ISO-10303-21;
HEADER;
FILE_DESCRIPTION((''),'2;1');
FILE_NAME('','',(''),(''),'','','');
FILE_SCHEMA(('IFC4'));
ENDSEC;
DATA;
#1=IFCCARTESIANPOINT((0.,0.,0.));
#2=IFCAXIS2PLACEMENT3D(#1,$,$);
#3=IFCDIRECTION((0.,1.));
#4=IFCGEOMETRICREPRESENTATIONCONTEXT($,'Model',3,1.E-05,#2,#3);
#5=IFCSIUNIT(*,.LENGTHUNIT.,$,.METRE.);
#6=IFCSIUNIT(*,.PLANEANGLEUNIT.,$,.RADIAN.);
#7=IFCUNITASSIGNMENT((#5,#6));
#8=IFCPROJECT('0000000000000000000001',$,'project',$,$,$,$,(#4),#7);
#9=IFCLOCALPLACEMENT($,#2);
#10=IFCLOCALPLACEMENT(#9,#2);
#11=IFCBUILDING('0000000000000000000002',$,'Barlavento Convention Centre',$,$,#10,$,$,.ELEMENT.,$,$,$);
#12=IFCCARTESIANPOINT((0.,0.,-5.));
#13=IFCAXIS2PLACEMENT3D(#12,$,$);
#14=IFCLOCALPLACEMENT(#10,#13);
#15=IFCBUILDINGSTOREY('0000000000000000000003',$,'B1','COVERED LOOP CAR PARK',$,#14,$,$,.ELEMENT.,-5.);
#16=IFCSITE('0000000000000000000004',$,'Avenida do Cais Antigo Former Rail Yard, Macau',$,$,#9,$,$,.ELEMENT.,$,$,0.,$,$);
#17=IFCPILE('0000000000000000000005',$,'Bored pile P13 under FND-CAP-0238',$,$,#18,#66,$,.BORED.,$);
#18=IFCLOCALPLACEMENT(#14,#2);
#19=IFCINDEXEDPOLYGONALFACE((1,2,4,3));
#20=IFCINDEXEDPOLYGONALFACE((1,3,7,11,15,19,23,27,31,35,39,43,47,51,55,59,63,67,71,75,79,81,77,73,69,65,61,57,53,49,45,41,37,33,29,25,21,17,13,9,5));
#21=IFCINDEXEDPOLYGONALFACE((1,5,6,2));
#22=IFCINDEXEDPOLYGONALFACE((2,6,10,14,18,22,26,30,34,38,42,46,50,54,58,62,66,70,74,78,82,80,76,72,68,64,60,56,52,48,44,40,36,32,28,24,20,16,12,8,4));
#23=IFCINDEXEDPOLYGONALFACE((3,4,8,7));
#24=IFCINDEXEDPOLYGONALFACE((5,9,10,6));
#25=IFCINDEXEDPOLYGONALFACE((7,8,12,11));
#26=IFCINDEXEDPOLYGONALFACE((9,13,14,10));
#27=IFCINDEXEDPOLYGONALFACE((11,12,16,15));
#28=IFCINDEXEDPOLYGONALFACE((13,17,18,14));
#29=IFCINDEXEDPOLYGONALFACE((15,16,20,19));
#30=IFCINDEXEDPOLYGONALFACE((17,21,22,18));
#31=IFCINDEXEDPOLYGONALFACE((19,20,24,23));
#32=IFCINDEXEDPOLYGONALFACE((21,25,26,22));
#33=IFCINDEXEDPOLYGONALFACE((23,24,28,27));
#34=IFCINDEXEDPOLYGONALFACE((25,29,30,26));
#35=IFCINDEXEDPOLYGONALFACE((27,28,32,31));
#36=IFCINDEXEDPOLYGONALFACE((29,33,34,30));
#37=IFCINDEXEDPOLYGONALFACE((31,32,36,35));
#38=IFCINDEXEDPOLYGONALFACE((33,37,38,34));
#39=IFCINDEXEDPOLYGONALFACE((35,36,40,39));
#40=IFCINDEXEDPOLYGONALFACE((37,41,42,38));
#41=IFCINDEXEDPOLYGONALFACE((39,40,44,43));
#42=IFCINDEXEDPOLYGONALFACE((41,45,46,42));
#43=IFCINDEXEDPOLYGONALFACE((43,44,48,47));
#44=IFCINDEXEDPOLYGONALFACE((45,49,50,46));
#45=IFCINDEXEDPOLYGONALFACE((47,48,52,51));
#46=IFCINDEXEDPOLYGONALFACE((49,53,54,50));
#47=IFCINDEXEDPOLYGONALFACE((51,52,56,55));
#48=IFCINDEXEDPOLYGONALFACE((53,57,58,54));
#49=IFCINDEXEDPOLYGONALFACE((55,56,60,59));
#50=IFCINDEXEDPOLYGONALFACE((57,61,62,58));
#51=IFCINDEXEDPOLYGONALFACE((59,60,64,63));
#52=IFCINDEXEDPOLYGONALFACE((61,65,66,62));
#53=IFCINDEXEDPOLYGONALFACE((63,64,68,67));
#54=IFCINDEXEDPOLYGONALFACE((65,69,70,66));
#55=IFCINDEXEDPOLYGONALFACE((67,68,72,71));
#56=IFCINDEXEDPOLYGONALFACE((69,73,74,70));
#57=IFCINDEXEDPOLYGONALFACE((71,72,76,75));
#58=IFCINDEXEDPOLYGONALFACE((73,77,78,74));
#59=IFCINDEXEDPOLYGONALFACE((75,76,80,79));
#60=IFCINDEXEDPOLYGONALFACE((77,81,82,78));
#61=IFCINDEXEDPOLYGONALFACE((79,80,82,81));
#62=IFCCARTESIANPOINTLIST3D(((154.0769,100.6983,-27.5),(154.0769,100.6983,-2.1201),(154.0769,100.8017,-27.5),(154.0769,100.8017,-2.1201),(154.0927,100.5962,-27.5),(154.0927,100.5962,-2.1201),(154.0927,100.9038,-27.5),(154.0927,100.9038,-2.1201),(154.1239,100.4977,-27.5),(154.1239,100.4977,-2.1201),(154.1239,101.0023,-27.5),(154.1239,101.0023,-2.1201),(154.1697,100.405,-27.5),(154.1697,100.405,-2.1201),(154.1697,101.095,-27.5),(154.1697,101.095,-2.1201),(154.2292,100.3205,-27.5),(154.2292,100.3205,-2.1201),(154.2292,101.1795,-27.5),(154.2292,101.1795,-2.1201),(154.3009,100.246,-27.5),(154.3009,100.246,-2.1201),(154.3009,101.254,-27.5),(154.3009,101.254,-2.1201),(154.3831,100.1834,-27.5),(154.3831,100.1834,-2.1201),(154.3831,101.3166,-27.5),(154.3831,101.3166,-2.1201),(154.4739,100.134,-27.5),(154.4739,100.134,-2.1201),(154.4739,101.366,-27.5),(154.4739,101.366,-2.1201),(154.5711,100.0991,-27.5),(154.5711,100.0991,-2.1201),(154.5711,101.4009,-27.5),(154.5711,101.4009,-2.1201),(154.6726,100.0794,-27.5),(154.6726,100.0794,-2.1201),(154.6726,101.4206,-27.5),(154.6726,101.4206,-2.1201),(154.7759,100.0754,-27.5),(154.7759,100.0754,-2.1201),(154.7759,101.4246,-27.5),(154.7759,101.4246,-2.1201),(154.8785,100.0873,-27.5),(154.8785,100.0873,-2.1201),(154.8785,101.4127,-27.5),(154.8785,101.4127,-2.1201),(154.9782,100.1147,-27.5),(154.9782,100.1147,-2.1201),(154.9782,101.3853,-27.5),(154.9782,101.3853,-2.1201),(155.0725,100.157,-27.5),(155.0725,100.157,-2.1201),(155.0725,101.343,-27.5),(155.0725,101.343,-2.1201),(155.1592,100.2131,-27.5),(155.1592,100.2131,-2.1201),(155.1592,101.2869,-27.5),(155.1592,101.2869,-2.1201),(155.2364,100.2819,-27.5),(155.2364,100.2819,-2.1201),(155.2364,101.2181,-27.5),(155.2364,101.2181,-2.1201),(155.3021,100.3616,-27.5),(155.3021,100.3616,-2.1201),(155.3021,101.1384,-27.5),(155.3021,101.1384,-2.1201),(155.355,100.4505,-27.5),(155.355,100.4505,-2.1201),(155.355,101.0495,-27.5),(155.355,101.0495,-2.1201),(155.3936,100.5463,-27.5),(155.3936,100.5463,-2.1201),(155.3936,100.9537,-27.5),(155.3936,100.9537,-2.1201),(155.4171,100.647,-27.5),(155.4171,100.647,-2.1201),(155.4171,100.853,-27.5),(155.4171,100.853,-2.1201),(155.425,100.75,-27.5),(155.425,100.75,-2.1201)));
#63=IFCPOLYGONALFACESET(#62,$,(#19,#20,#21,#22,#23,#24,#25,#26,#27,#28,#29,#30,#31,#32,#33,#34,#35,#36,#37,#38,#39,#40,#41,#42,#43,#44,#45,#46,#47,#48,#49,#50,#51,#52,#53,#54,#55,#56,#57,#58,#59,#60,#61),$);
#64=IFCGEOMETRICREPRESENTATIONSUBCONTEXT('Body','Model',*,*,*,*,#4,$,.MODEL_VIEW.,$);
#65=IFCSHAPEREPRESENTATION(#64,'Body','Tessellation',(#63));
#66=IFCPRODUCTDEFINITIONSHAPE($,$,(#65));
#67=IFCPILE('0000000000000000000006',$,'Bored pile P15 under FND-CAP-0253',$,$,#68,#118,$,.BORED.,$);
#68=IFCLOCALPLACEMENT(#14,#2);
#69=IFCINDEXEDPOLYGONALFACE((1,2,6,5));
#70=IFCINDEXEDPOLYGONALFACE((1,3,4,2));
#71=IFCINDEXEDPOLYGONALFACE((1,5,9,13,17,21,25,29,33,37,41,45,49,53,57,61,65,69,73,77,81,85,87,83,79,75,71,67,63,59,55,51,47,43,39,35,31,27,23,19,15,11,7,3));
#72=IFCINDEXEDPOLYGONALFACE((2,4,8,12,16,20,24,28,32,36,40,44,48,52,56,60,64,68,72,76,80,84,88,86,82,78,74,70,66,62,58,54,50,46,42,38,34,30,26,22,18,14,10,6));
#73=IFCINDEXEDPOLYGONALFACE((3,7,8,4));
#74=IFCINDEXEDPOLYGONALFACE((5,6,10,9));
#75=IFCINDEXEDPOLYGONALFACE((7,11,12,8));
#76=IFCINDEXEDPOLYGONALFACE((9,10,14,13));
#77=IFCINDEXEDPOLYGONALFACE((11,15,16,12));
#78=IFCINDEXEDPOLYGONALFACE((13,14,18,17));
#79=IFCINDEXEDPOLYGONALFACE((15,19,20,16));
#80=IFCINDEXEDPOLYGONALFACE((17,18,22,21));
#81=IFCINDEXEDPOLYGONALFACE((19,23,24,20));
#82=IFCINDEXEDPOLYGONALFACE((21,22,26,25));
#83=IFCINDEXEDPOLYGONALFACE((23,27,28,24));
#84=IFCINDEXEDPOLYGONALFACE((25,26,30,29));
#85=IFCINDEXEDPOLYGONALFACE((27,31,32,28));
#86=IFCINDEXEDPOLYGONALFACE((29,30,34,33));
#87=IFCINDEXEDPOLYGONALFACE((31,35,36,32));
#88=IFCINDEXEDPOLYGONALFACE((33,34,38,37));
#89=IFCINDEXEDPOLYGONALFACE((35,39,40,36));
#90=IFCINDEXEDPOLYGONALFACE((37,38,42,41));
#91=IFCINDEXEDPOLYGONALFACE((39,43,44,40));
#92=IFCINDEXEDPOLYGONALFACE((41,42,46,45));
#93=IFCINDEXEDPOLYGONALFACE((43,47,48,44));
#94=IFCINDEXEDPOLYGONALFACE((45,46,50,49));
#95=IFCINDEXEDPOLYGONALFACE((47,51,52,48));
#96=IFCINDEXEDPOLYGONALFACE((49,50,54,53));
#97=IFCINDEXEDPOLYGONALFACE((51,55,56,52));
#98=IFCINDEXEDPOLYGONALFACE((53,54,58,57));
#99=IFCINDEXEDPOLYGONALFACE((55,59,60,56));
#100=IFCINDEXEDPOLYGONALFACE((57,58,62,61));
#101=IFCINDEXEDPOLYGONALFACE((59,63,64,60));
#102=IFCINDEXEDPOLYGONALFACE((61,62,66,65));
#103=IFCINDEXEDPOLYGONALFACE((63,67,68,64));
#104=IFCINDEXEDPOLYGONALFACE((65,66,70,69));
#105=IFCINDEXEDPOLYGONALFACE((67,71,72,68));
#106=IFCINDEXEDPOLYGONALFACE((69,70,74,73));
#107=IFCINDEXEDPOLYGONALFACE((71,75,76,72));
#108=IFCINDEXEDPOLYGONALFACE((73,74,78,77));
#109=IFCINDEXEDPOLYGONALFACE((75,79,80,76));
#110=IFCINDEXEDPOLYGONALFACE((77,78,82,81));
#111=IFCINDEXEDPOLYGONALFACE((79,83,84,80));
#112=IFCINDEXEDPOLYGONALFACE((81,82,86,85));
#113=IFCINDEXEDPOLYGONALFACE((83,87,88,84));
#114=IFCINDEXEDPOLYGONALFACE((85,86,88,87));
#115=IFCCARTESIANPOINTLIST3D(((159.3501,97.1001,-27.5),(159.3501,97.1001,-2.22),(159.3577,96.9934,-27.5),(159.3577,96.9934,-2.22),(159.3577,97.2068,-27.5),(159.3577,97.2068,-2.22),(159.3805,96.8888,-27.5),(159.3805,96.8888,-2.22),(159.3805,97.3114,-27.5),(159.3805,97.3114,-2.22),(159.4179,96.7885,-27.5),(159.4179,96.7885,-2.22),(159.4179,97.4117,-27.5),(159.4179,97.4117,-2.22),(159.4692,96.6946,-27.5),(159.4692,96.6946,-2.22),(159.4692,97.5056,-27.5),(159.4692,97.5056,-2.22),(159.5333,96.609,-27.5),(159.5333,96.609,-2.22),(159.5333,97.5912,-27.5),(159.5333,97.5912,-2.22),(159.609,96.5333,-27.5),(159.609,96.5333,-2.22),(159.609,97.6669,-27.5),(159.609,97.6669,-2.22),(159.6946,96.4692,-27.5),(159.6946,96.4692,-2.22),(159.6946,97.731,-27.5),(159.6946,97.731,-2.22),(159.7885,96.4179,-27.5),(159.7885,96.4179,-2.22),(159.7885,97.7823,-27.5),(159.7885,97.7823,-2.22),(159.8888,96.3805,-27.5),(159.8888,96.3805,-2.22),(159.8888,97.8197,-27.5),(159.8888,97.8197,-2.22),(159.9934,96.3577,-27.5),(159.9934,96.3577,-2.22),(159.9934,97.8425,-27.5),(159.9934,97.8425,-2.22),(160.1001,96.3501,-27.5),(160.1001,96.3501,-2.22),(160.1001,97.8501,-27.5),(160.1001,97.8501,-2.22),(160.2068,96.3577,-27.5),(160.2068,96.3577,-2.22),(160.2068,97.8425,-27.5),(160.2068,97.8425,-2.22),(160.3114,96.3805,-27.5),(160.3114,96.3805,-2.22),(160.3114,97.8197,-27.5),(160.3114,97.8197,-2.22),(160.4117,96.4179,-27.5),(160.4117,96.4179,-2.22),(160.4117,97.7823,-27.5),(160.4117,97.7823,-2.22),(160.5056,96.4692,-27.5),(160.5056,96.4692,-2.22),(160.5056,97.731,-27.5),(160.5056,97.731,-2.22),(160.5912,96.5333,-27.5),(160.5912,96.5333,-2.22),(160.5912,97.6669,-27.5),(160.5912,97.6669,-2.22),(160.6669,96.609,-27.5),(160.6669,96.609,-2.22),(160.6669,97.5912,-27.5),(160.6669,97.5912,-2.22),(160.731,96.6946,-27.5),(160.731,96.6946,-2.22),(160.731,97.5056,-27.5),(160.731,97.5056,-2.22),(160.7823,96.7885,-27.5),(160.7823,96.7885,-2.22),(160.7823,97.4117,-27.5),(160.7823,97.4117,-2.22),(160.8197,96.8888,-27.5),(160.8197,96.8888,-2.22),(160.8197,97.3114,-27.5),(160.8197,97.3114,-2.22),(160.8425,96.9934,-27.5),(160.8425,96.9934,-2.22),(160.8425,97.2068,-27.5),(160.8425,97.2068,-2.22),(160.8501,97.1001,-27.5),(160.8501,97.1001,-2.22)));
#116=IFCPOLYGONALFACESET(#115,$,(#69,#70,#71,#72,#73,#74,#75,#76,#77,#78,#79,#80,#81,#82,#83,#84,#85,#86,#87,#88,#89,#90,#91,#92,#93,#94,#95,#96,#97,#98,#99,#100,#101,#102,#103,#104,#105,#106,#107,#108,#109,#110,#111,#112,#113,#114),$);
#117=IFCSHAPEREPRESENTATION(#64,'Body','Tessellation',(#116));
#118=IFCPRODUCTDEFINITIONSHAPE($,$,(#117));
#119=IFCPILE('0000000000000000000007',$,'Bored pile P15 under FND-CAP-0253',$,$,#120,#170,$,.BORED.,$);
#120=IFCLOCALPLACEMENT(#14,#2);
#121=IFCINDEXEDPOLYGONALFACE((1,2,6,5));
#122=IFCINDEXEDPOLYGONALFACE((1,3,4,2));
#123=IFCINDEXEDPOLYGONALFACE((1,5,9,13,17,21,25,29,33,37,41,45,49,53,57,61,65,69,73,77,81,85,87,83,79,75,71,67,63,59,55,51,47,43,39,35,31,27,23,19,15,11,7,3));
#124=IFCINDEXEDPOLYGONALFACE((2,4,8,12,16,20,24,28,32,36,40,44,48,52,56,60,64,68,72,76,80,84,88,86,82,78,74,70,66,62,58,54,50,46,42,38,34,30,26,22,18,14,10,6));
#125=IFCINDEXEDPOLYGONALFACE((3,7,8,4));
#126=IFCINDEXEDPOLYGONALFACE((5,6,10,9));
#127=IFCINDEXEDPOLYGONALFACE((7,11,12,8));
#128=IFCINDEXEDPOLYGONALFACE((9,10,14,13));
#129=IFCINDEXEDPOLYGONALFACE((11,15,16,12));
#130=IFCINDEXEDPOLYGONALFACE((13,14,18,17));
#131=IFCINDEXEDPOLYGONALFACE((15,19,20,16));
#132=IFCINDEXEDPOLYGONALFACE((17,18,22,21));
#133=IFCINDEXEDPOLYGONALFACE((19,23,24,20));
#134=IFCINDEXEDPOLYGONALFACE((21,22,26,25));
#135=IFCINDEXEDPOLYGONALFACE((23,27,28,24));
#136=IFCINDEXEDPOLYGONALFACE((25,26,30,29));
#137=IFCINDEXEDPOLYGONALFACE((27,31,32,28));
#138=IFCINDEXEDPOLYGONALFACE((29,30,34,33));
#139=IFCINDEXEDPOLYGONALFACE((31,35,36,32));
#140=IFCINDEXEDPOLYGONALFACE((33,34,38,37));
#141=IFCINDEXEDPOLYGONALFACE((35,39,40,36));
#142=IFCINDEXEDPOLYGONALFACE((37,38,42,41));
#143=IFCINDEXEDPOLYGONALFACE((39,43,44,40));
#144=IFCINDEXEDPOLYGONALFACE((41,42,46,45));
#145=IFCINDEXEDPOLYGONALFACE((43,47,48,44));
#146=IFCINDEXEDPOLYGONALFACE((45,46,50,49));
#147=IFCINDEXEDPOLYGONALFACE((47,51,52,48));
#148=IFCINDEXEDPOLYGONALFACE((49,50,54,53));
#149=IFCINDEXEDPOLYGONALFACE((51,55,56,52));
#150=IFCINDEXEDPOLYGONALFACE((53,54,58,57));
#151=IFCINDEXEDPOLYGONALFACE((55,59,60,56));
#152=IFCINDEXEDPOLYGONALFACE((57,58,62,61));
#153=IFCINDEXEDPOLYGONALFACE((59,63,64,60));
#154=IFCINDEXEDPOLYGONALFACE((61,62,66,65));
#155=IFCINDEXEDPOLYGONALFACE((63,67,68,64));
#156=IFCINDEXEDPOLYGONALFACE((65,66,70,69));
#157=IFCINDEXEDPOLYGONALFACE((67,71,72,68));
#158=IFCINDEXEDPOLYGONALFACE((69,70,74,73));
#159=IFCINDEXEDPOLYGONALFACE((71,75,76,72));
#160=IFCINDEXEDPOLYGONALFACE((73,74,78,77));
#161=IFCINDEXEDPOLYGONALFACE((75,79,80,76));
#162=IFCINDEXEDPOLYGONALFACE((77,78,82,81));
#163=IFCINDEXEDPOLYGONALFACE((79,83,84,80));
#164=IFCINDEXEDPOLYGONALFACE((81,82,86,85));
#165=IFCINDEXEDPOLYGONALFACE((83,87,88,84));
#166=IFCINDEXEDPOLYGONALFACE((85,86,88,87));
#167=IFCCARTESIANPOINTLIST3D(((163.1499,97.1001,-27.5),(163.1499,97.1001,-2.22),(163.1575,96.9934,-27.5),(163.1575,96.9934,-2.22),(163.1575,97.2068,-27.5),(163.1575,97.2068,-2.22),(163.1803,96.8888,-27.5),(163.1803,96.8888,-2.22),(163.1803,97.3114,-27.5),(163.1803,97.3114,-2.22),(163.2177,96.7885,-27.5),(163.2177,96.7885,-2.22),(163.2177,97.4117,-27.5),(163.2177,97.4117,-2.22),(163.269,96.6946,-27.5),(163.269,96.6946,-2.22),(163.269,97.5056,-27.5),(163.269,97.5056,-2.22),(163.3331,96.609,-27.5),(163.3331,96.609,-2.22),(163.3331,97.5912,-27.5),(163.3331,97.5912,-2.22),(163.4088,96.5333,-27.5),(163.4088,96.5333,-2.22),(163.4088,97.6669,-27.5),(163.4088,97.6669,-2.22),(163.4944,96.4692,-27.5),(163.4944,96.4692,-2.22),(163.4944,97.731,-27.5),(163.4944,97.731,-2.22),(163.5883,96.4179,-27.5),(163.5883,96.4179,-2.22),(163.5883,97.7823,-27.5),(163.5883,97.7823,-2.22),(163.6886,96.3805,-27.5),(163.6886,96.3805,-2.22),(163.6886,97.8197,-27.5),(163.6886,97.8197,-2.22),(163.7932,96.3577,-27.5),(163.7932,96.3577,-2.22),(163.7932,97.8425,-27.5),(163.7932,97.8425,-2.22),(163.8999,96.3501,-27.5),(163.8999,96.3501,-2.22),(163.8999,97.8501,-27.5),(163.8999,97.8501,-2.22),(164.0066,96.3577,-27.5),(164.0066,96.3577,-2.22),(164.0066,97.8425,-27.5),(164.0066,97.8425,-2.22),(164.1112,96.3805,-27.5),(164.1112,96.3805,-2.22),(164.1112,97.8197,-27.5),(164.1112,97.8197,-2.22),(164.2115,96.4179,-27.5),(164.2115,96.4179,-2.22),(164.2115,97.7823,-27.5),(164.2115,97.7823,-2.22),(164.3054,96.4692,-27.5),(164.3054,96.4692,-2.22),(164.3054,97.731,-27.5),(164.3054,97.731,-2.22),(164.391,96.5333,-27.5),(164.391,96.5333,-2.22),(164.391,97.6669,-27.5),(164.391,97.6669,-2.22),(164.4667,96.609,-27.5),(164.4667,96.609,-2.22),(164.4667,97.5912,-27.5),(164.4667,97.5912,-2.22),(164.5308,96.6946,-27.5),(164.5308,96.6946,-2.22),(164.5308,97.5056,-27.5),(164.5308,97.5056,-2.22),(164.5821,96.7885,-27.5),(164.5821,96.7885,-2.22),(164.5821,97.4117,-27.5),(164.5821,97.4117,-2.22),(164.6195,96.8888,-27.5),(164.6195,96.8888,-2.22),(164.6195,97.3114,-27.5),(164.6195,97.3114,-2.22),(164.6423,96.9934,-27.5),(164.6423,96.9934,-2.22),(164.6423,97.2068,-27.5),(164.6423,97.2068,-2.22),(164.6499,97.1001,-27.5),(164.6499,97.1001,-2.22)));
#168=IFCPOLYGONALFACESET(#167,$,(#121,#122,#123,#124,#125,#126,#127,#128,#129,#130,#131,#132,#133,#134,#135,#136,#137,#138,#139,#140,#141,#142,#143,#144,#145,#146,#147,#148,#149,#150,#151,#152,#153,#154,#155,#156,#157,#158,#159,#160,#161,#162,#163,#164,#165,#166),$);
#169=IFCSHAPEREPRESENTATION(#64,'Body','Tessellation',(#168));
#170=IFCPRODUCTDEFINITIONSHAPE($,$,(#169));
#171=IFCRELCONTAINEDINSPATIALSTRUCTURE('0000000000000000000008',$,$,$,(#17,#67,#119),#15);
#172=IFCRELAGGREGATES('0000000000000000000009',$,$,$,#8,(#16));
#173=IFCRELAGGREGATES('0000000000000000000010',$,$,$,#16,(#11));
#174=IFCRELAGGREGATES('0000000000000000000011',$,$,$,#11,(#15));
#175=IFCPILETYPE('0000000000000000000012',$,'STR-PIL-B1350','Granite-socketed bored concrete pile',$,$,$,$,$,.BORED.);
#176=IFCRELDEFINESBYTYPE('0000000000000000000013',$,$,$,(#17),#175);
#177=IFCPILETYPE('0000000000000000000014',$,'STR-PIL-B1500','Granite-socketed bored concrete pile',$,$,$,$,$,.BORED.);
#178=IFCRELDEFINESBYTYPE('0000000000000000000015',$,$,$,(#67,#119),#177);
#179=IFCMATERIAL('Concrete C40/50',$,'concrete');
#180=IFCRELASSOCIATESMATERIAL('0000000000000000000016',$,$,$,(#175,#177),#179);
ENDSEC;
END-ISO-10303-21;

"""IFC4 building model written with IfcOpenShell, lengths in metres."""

from ifc_helpers import new_model, si_unit, direction, frame, origin, origin_2d, place, context, subcontext, project, spatial, circle, extrude, material, material_profile, profile_set, type_object, element, save


model = new_model("IFC4")

# Units and contexts
model_context = context("Model", 3, precision=1e-05, world=origin(), true_north=direction((0.0, 1.0)))
body_context = subcontext(model_context, "Body", "Model", "MODEL_VIEW")
ifc_project = project(units=[si_unit("LENGTHUNIT", "METRE"), si_unit("PLANEANGLEUNIT", "RADIAN")], contexts=[model_context])

# Site, building, storey
site_placement = place(None, origin())
site = spatial("IfcSite", under=ifc_project, at=site_placement, Name="Avenida do Cais Antigo Former Rail Yard, Macau", CompositionType="ELEMENT", RefElevation=0.0)
building_placement = place(site_placement, origin())
building = spatial("IfcBuilding", under=site, at=building_placement, Name="Barlavento Convention Centre", CompositionType="ELEMENT")
storey_placement = place(building_placement, frame((0.0, 0.0, -5.0)))
storey = spatial("IfcBuildingStorey", under=building, at=storey_placement, Name="B1", Description="COVERED LOOP CAR PARK", CompositionType="ELEMENT", Elevation=-5.0)

# Shared definitions
ifc_material_1 = material(Name="Concrete C40/50", Category="concrete")

# Piles
ifc_material_profile_1 = material_profile(ifc_material_1, circle(Radius=0.675, at=origin_2d()), Name="BORED PILE 1350")
ifc_profile_set_1 = profile_set([ifc_material_profile_1], Name="Concrete C40/50")
pile_type_1 = type_object("IfcPileType", Name="STR-PIL-B1350", Description="Granite-socketed bored concrete pile", PredefinedType="BORED", material=ifc_profile_set_1)
for number, where, z_axis, x_axis, name in (
    (1, (154.75, 100.75, -2.1201), (0.0, 0.0, -1.0), (1.0, 0.0, 0.0), "Bored pile P13 under FND-CAP-0238"),
):
    element("IfcPile", number, at=place(storey_placement, frame(where, z_axis=z_axis, x_axis=x_axis)), inside=storey, type_object=pile_type_1, Name=name, PredefinedType="BORED", context=body_context, shape_type="SweptSolid", body=[
        extrude(circle(Radius=0.675, at=origin_2d()), origin(), (0.0, 0.0, 1.0), 25.3799),
    ])
ifc_material_profile_2 = material_profile(ifc_material_1, circle(Radius=0.75, at=origin_2d()), Name="BORED PILE 1500")
ifc_profile_set_2 = profile_set([ifc_material_profile_2], Name="Concrete C40/50")
pile_type_2 = type_object("IfcPileType", Name="STR-PIL-B1500", Description="Granite-socketed bored concrete pile", PredefinedType="BORED", material=ifc_profile_set_2)
for number, where, z_axis, x_axis, name in (
    (2, (160.1001, 97.1001, -2.22), (0.0, 0.0, -1.0), (1.0, 0.0, 0.0), "Bored pile P15 under FND-CAP-0253"),
    (3, (163.8999, 97.1001, -2.22), (0.0, 0.0, -1.0), (1.0, 0.0, 0.0), "Bored pile P15 under FND-CAP-0253"),
):
    element("IfcPile", number, at=place(storey_placement, frame(where, z_axis=z_axis, x_axis=x_axis)), inside=storey, type_object=pile_type_2, Name=name, PredefinedType="BORED", context=body_context, shape_type="SweptSolid", body=[
        extrude(circle(Radius=0.75, at=origin_2d()), origin(), (0.0, 0.0, 1.0), 25.28),
    ])

save(model, "model.ifc")
